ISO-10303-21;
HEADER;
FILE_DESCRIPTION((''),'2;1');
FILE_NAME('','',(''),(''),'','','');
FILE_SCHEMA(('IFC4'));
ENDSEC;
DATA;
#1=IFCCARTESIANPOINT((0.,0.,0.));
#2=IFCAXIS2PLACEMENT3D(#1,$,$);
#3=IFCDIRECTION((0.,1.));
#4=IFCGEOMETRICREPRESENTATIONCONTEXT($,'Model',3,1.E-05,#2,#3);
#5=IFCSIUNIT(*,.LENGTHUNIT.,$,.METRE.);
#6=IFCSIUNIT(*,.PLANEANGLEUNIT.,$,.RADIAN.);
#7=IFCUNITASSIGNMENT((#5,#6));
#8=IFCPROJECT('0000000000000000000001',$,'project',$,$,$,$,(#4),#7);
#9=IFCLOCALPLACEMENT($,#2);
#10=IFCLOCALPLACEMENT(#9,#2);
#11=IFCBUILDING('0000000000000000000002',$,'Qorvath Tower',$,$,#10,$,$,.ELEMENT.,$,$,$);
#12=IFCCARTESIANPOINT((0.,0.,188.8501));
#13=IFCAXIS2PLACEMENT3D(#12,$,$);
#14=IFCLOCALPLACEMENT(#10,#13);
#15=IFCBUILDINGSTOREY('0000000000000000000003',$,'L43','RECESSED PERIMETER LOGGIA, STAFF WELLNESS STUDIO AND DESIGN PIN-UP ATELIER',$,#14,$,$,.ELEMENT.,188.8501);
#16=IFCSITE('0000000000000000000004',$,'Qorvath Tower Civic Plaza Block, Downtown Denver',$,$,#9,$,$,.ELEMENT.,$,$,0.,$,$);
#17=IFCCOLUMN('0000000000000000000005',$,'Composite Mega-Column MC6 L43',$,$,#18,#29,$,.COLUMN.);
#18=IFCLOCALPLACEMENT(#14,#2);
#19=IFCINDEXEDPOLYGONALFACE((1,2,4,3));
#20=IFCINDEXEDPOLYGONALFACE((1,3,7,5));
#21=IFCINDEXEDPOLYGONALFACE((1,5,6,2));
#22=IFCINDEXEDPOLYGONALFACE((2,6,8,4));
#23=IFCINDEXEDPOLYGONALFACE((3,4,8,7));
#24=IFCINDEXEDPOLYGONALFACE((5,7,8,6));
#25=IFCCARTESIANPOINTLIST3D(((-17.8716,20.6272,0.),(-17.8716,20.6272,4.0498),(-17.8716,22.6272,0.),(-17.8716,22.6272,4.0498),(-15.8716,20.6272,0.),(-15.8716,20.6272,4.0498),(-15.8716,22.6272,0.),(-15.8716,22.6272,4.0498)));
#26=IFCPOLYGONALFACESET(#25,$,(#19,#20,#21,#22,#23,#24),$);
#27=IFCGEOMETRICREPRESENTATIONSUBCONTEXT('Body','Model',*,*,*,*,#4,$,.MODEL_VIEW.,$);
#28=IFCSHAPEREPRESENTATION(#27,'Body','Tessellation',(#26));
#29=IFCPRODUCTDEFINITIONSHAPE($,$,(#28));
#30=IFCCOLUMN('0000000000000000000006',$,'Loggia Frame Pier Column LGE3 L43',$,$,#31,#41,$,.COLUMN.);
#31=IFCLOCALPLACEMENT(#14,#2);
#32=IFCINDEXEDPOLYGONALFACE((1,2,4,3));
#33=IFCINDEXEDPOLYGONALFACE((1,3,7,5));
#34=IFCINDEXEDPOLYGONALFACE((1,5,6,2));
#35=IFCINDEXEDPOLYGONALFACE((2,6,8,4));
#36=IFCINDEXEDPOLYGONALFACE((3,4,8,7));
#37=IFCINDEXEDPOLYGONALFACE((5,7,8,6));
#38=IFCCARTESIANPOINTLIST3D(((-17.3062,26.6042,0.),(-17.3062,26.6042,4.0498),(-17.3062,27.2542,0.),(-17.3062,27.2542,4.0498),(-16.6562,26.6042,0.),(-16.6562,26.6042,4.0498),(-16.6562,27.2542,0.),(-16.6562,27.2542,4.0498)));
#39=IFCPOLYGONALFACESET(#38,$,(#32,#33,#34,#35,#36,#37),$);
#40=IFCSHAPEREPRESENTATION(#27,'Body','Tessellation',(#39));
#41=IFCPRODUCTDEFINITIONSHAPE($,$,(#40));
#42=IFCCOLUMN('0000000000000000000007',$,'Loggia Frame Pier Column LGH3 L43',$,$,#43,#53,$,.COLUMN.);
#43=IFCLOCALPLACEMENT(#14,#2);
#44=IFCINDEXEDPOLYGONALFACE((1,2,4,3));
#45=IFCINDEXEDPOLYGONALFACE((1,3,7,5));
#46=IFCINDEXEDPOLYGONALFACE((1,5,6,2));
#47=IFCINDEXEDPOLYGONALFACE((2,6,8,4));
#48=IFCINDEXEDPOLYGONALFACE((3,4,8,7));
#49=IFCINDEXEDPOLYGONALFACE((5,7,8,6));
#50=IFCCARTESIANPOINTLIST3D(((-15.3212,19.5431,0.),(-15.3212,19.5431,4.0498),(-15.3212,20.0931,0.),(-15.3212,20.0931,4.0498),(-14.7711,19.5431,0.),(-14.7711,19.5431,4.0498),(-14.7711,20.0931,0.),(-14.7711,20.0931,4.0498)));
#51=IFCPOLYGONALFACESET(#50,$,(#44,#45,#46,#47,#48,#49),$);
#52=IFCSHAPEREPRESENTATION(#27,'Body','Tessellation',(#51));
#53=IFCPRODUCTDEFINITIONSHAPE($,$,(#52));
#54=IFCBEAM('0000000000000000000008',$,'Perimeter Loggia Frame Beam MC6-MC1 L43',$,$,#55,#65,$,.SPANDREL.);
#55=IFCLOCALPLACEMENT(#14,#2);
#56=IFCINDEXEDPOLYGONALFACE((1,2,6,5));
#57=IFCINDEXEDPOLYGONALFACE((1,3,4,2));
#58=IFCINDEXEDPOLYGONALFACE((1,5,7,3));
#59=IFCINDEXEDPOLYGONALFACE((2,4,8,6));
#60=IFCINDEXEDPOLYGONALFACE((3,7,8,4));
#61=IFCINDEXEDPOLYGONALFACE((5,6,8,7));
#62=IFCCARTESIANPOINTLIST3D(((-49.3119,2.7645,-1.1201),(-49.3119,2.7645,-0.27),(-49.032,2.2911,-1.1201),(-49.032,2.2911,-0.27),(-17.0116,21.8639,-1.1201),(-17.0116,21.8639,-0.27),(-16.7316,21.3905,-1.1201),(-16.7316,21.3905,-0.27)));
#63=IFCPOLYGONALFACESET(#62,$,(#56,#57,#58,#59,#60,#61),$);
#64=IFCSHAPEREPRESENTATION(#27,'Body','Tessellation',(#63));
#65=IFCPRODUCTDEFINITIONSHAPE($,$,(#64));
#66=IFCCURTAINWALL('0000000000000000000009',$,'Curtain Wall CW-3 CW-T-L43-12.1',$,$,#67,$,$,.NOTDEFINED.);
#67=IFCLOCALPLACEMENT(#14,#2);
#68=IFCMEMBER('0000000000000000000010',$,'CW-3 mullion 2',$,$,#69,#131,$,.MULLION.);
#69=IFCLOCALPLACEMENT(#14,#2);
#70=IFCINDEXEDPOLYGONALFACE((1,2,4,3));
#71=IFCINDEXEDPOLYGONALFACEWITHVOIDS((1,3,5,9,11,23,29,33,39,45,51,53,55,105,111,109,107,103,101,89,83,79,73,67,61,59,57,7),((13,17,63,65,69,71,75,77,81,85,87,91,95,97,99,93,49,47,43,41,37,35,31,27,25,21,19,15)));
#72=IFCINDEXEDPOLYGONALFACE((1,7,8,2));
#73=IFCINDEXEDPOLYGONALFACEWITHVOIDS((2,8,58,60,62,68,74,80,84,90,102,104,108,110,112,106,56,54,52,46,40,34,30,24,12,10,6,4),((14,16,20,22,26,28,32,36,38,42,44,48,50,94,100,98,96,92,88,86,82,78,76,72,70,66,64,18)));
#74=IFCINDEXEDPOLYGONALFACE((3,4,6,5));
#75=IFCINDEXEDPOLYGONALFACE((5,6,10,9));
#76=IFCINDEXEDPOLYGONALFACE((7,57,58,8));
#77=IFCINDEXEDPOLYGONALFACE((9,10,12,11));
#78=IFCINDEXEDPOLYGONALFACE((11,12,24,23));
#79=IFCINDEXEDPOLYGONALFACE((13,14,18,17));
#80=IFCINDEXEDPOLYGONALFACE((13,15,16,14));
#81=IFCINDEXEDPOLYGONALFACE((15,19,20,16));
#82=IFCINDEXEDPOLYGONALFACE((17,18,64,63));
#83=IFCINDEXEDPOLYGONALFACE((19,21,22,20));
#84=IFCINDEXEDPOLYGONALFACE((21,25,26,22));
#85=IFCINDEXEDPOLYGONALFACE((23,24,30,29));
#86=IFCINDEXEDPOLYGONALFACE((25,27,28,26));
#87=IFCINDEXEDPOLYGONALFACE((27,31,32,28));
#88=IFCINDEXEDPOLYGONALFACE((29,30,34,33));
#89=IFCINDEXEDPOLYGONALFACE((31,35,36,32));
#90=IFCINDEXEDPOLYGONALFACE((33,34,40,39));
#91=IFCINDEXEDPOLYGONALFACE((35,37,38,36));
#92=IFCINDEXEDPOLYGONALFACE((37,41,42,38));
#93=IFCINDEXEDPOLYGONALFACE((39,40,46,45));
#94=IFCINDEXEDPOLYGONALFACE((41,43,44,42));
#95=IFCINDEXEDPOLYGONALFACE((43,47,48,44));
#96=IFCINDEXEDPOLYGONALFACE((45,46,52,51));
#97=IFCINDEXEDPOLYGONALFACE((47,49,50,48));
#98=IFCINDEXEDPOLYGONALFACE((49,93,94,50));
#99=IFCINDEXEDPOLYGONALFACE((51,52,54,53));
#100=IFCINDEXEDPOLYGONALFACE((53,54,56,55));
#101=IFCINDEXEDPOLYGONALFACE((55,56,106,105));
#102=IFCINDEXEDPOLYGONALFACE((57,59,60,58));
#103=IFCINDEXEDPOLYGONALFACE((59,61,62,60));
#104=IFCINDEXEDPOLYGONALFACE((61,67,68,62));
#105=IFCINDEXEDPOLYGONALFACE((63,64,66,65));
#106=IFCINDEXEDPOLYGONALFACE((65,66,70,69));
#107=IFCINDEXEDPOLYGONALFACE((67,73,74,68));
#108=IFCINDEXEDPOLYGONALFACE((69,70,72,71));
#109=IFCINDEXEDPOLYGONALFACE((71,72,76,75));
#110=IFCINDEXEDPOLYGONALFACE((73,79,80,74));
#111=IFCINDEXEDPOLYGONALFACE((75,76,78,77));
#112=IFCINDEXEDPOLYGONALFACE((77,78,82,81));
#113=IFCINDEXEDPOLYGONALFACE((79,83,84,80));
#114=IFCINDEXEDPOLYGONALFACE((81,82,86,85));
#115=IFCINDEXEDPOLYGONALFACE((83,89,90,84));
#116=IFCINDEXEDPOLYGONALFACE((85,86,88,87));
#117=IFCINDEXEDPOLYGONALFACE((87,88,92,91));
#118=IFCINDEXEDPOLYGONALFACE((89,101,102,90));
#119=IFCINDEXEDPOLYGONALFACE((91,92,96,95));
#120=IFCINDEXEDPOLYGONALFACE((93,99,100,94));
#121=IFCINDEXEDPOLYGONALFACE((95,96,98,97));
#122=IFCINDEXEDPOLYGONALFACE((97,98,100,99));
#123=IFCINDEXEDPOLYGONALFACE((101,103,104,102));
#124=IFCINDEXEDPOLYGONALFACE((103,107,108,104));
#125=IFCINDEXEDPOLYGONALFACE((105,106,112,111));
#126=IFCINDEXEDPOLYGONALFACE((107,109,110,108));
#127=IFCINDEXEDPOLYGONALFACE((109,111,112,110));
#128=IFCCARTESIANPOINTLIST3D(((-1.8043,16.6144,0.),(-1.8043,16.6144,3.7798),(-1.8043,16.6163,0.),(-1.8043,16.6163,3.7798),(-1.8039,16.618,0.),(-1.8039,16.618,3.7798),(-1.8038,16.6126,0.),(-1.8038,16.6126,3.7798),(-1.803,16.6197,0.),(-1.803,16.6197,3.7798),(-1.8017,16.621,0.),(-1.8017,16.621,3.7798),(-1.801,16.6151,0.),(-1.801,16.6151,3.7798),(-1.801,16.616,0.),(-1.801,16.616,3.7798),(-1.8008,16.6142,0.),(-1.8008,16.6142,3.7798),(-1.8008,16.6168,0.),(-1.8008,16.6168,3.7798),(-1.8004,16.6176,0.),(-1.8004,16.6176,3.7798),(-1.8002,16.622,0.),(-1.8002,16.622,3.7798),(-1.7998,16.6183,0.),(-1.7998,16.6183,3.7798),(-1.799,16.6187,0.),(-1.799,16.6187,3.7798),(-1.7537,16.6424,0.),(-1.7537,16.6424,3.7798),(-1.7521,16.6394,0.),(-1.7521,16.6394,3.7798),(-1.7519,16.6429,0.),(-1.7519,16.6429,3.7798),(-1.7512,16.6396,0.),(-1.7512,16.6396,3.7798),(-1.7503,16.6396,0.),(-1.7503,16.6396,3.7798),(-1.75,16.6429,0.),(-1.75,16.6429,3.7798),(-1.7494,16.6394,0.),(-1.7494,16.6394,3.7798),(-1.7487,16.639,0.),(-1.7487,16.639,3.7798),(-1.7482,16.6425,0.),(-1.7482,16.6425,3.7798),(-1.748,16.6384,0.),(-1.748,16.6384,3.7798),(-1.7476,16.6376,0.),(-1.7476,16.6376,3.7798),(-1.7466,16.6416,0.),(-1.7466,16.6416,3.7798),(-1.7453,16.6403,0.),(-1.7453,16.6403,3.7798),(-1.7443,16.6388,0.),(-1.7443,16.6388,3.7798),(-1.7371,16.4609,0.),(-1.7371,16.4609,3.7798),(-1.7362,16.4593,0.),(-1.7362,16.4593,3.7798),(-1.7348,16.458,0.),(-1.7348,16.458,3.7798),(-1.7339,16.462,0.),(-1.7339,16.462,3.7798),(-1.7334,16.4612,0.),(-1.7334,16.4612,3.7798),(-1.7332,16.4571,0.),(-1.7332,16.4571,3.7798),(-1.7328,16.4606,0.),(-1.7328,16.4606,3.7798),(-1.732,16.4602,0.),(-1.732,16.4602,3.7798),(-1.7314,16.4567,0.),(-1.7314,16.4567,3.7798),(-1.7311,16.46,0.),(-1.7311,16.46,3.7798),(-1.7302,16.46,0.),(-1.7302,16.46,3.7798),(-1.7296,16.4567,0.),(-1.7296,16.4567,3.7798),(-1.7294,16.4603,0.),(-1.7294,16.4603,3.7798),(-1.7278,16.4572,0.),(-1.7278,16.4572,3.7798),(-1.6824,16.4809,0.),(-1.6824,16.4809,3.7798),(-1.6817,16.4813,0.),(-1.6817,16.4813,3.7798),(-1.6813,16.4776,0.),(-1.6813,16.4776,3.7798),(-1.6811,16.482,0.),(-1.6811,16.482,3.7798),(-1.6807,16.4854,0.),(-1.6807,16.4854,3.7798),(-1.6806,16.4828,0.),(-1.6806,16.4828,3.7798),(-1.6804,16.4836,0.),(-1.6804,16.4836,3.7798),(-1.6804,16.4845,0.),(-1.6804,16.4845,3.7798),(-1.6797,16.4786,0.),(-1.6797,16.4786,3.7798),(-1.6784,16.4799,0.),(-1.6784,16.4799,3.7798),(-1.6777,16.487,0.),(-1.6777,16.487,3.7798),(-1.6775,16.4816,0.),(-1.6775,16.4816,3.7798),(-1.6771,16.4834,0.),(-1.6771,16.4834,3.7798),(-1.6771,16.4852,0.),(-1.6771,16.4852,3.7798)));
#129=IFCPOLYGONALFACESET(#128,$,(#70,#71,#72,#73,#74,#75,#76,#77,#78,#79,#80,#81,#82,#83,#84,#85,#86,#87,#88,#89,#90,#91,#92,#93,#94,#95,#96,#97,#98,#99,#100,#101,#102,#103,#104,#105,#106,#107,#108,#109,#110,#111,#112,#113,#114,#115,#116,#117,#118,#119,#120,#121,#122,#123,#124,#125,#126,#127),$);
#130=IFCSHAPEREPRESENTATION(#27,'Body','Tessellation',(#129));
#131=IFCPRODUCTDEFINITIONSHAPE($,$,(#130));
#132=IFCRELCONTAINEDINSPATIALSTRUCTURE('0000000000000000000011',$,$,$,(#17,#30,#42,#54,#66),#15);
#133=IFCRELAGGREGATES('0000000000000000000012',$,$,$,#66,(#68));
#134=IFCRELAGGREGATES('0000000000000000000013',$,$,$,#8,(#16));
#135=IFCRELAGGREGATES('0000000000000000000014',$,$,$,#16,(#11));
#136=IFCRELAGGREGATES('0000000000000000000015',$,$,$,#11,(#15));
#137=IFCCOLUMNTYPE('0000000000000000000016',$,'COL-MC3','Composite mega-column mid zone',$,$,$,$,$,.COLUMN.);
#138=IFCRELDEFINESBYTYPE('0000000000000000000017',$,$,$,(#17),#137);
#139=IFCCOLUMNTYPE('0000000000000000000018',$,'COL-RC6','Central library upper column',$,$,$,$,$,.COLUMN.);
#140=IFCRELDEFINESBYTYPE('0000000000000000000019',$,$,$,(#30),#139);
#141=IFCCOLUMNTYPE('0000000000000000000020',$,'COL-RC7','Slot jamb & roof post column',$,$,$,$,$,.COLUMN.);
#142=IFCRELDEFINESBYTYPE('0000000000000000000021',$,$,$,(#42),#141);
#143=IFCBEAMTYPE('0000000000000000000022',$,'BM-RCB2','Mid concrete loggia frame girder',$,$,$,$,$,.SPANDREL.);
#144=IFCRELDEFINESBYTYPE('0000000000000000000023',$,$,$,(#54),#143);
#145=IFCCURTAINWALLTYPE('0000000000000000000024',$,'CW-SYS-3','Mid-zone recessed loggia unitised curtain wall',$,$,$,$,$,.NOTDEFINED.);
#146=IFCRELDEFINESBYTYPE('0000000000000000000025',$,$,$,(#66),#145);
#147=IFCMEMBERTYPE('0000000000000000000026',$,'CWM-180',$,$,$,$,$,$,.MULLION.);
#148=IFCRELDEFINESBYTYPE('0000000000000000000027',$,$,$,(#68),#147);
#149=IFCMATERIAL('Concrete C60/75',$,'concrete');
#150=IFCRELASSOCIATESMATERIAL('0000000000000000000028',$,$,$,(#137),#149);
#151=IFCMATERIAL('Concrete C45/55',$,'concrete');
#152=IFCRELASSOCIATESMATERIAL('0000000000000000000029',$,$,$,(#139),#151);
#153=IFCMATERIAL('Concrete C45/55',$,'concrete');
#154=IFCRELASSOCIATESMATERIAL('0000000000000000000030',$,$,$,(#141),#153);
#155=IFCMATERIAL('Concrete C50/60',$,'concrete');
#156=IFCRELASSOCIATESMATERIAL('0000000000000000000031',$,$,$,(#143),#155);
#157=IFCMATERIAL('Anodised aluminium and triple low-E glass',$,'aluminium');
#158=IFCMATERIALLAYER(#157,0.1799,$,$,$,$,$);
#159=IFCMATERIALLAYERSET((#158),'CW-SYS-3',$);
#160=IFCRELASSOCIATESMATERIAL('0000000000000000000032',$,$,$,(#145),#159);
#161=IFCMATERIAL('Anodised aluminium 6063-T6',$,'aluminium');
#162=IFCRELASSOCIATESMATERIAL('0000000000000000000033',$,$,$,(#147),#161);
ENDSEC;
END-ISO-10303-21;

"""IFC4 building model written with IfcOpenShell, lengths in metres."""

from ifc_helpers import new_model, si_unit, direction, frame, origin, origin_2d, place, context, subcontext, project, spatial, rectangle, hollow_rectangle, extrude, material, layer, layer_set, material_profile, profile_set, type_object, element, aggregate, save


model = new_model("IFC4")

# Units and contexts
model_context = context("Model", 3, precision=1e-05, world=origin(), true_north=direction((0.0, 1.0)))
body_context = subcontext(model_context, "Body", "Model", "MODEL_VIEW")
ifc_project = project(units=[si_unit("LENGTHUNIT", "METRE"), si_unit("PLANEANGLEUNIT", "RADIAN")], contexts=[model_context])

# Site, building, storey
site_placement = place(None, origin())
site = spatial("IfcSite", under=ifc_project, at=site_placement, Name="Qorvath Tower Civic Plaza Block, Downtown Denver", CompositionType="ELEMENT", RefElevation=0.0)
building_placement = place(site_placement, origin())
building = spatial("IfcBuilding", under=site, at=building_placement, Name="Qorvath Tower", CompositionType="ELEMENT")
storey_placement = place(building_placement, frame((0.0, 0.0, 188.8501)))
storey = spatial("IfcBuildingStorey", under=building, at=storey_placement, Name="L43", Description="RECESSED PERIMETER LOGGIA, STAFF WELLNESS STUDIO AND DESIGN PIN-UP ATELIER", CompositionType="ELEMENT", Elevation=188.8501)

# Columns
ifc_material_1 = material(Name="Concrete C60/75", Category="concrete")
ifc_material_profile_1 = material_profile(ifc_material_1, rectangle(XDim=2.0, YDim=2.0, at=origin_2d()), Name="MC 2000x2000")
ifc_profile_set_1 = profile_set([ifc_material_profile_1], Name="Concrete C60/75")
column_type_1 = type_object("IfcColumnType", Name="COL-MC3", Description="Composite mega-column mid zone", PredefinedType="COLUMN", material=ifc_profile_set_1)
column_1_placement = place(storey_placement, frame((-16.8716, 21.6272, 0.0), z_axis=(0.0, 0.0, 1.0), x_axis=(1.0, 0.0, 0.0)))
element("IfcColumn", 1, at=column_1_placement, inside=storey, type_object=column_type_1, Name="Composite Mega-Column MC6 L43", PredefinedType="COLUMN", context=body_context, shape_type="SweptSolid", body=[
    extrude(rectangle(XDim=2.0, YDim=2.0, at=origin_2d()), origin(), (0.0, 0.0, 1.0), 4.0498),
])
ifc_material_2 = material(Name="Concrete C45/55", Category="concrete")
ifc_material_profile_2 = material_profile(ifc_material_2, rectangle(XDim=0.6499, YDim=0.6499, at=origin_2d()), Name="RC 650x650")
ifc_profile_set_2 = profile_set([ifc_material_profile_2], Name="Concrete C45/55")
column_type_2 = type_object("IfcColumnType", Name="COL-RC6", Description="Central library upper column", PredefinedType="COLUMN", material=ifc_profile_set_2)
column_2_placement = place(storey_placement, frame((-16.9812, 26.9292, 0.0), z_axis=(0.0, 0.0, 1.0), x_axis=(1.0, 0.0, 0.0)))
element("IfcColumn", 2, at=column_2_placement, inside=storey, type_object=column_type_2, Name="Loggia Frame Pier Column LGE3 L43", PredefinedType="COLUMN", context=body_context, shape_type="SweptSolid", body=[
    extrude(rectangle(XDim=0.6499, YDim=0.6499, at=origin_2d()), origin(), (0.0, 0.0, 1.0), 4.0498),
])
ifc_material_3 = material(Name="Concrete C45/55", Category="concrete")
ifc_material_profile_3 = material_profile(ifc_material_3, rectangle(XDim=0.55, YDim=0.55, at=origin_2d()), Name="RC 550x550")
ifc_profile_set_3 = profile_set([ifc_material_profile_3], Name="Concrete C45/55")
column_type_3 = type_object("IfcColumnType", Name="COL-RC7", Description="Slot jamb & roof post column", PredefinedType="COLUMN", material=ifc_profile_set_3)
column_3_placement = place(storey_placement, frame((-15.0461, 19.8181, 0.0), z_axis=(0.0, 0.0, 1.0), x_axis=(1.0, 0.0, 0.0)))
element("IfcColumn", 3, at=column_3_placement, inside=storey, type_object=column_type_3, Name="Loggia Frame Pier Column LGH3 L43", PredefinedType="COLUMN", context=body_context, shape_type="SweptSolid", body=[
    extrude(rectangle(XDim=0.55, YDim=0.55, at=origin_2d()), origin(), (0.0, 0.0, 1.0), 4.0498),
])

# Beam
ifc_material_4 = material(Name="Concrete C50/60", Category="concrete")
ifc_material_profile_4 = material_profile(ifc_material_4, rectangle(XDim=0.55, YDim=0.8501, at=origin_2d()), Name="RCB 850x550")
ifc_profile_set_4 = profile_set([ifc_material_profile_4], Name="Concrete C50/60")
beam_type = type_object("IfcBeamType", Name="BM-RCB2", Description="Mid concrete loggia frame girder", PredefinedType="SPANDREL", material=ifc_profile_set_4)
beam_placement = place(storey_placement, frame((-16.8716, 21.6272, -0.6951), z_axis=(-0.860777, -0.508983, 0.0), x_axis=(0.508983, -0.860777, 0.0)))
element("IfcBeam", 4, at=beam_placement, inside=storey, type_object=beam_type, Name="Perimeter Loggia Frame Beam MC6-MC1 L43", PredefinedType="SPANDREL", context=body_context, shape_type="SweptSolid", body=[
    extrude(rectangle(XDim=0.55, YDim=0.8501, at=origin_2d()), origin(), (0.0, 0.0, 1.0), 37.5247),
])

# Curtain wall, member
ifc_material_5 = material(Name="Anodised aluminium and triple low-E glass", Category="aluminium")
ifc_layer_1 = layer(ifc_material_5, 0.1799)
ifc_layer_set_1 = layer_set([ifc_layer_1], Name="CW-SYS-3")
curtain_wall_type = type_object("IfcCurtainWallType", Name="CW-SYS-3", Description="Mid-zone recessed loggia unitised curtain wall", PredefinedType="NOTDEFINED", material=ifc_layer_set_1)
curtain_wall_1_placement = place(storey_placement, origin())
curtain_wall_1 = element("IfcCurtainWall", 5, at=curtain_wall_1_placement, inside=storey, type_object=curtain_wall_type, Name="Curtain Wall CW-3 CW-T-L43-12.1", PredefinedType="NOTDEFINED")
ifc_material_6 = material(Name="Anodised aluminium 6063-T6", Category="aluminium")
ifc_material_profile_5 = material_profile(ifc_material_6, hollow_rectangle(XDim=0.0649, YDim=0.1799, WallThickness=0.0034, InnerFilletRadius=0.0034, OuterFilletRadius=0.0071, at=origin_2d()), Name="CWM 180x65")
ifc_profile_set_5 = profile_set([ifc_material_profile_5], Name="Anodised aluminium 6063-T6")
member_type_1 = type_object("IfcMemberType", Name="CWM-180", PredefinedType="MULLION", material=ifc_profile_set_5)
member_1_placement = place(storey_placement, frame((-1.7407, 16.5498, 0.0), z_axis=(0.0, 0.0, 1.0), x_axis=(-0.915549, -0.402206, 0.0)))
member_1 = element("IfcMember", 6, at=member_1_placement, type_object=member_type_1, Name="CW-3 mullion 2", PredefinedType="MULLION", context=body_context, shape_type="SweptSolid", body=[
    extrude(hollow_rectangle(XDim=0.0649, YDim=0.1799, WallThickness=0.0034, InnerFilletRadius=0.0034, OuterFilletRadius=0.0071, at=origin_2d()), origin(), (0.0, 0.0, 1.0), 3.7798),
])
aggregate(curtain_wall_1, [member_1])

save(model, "model.ifc")
